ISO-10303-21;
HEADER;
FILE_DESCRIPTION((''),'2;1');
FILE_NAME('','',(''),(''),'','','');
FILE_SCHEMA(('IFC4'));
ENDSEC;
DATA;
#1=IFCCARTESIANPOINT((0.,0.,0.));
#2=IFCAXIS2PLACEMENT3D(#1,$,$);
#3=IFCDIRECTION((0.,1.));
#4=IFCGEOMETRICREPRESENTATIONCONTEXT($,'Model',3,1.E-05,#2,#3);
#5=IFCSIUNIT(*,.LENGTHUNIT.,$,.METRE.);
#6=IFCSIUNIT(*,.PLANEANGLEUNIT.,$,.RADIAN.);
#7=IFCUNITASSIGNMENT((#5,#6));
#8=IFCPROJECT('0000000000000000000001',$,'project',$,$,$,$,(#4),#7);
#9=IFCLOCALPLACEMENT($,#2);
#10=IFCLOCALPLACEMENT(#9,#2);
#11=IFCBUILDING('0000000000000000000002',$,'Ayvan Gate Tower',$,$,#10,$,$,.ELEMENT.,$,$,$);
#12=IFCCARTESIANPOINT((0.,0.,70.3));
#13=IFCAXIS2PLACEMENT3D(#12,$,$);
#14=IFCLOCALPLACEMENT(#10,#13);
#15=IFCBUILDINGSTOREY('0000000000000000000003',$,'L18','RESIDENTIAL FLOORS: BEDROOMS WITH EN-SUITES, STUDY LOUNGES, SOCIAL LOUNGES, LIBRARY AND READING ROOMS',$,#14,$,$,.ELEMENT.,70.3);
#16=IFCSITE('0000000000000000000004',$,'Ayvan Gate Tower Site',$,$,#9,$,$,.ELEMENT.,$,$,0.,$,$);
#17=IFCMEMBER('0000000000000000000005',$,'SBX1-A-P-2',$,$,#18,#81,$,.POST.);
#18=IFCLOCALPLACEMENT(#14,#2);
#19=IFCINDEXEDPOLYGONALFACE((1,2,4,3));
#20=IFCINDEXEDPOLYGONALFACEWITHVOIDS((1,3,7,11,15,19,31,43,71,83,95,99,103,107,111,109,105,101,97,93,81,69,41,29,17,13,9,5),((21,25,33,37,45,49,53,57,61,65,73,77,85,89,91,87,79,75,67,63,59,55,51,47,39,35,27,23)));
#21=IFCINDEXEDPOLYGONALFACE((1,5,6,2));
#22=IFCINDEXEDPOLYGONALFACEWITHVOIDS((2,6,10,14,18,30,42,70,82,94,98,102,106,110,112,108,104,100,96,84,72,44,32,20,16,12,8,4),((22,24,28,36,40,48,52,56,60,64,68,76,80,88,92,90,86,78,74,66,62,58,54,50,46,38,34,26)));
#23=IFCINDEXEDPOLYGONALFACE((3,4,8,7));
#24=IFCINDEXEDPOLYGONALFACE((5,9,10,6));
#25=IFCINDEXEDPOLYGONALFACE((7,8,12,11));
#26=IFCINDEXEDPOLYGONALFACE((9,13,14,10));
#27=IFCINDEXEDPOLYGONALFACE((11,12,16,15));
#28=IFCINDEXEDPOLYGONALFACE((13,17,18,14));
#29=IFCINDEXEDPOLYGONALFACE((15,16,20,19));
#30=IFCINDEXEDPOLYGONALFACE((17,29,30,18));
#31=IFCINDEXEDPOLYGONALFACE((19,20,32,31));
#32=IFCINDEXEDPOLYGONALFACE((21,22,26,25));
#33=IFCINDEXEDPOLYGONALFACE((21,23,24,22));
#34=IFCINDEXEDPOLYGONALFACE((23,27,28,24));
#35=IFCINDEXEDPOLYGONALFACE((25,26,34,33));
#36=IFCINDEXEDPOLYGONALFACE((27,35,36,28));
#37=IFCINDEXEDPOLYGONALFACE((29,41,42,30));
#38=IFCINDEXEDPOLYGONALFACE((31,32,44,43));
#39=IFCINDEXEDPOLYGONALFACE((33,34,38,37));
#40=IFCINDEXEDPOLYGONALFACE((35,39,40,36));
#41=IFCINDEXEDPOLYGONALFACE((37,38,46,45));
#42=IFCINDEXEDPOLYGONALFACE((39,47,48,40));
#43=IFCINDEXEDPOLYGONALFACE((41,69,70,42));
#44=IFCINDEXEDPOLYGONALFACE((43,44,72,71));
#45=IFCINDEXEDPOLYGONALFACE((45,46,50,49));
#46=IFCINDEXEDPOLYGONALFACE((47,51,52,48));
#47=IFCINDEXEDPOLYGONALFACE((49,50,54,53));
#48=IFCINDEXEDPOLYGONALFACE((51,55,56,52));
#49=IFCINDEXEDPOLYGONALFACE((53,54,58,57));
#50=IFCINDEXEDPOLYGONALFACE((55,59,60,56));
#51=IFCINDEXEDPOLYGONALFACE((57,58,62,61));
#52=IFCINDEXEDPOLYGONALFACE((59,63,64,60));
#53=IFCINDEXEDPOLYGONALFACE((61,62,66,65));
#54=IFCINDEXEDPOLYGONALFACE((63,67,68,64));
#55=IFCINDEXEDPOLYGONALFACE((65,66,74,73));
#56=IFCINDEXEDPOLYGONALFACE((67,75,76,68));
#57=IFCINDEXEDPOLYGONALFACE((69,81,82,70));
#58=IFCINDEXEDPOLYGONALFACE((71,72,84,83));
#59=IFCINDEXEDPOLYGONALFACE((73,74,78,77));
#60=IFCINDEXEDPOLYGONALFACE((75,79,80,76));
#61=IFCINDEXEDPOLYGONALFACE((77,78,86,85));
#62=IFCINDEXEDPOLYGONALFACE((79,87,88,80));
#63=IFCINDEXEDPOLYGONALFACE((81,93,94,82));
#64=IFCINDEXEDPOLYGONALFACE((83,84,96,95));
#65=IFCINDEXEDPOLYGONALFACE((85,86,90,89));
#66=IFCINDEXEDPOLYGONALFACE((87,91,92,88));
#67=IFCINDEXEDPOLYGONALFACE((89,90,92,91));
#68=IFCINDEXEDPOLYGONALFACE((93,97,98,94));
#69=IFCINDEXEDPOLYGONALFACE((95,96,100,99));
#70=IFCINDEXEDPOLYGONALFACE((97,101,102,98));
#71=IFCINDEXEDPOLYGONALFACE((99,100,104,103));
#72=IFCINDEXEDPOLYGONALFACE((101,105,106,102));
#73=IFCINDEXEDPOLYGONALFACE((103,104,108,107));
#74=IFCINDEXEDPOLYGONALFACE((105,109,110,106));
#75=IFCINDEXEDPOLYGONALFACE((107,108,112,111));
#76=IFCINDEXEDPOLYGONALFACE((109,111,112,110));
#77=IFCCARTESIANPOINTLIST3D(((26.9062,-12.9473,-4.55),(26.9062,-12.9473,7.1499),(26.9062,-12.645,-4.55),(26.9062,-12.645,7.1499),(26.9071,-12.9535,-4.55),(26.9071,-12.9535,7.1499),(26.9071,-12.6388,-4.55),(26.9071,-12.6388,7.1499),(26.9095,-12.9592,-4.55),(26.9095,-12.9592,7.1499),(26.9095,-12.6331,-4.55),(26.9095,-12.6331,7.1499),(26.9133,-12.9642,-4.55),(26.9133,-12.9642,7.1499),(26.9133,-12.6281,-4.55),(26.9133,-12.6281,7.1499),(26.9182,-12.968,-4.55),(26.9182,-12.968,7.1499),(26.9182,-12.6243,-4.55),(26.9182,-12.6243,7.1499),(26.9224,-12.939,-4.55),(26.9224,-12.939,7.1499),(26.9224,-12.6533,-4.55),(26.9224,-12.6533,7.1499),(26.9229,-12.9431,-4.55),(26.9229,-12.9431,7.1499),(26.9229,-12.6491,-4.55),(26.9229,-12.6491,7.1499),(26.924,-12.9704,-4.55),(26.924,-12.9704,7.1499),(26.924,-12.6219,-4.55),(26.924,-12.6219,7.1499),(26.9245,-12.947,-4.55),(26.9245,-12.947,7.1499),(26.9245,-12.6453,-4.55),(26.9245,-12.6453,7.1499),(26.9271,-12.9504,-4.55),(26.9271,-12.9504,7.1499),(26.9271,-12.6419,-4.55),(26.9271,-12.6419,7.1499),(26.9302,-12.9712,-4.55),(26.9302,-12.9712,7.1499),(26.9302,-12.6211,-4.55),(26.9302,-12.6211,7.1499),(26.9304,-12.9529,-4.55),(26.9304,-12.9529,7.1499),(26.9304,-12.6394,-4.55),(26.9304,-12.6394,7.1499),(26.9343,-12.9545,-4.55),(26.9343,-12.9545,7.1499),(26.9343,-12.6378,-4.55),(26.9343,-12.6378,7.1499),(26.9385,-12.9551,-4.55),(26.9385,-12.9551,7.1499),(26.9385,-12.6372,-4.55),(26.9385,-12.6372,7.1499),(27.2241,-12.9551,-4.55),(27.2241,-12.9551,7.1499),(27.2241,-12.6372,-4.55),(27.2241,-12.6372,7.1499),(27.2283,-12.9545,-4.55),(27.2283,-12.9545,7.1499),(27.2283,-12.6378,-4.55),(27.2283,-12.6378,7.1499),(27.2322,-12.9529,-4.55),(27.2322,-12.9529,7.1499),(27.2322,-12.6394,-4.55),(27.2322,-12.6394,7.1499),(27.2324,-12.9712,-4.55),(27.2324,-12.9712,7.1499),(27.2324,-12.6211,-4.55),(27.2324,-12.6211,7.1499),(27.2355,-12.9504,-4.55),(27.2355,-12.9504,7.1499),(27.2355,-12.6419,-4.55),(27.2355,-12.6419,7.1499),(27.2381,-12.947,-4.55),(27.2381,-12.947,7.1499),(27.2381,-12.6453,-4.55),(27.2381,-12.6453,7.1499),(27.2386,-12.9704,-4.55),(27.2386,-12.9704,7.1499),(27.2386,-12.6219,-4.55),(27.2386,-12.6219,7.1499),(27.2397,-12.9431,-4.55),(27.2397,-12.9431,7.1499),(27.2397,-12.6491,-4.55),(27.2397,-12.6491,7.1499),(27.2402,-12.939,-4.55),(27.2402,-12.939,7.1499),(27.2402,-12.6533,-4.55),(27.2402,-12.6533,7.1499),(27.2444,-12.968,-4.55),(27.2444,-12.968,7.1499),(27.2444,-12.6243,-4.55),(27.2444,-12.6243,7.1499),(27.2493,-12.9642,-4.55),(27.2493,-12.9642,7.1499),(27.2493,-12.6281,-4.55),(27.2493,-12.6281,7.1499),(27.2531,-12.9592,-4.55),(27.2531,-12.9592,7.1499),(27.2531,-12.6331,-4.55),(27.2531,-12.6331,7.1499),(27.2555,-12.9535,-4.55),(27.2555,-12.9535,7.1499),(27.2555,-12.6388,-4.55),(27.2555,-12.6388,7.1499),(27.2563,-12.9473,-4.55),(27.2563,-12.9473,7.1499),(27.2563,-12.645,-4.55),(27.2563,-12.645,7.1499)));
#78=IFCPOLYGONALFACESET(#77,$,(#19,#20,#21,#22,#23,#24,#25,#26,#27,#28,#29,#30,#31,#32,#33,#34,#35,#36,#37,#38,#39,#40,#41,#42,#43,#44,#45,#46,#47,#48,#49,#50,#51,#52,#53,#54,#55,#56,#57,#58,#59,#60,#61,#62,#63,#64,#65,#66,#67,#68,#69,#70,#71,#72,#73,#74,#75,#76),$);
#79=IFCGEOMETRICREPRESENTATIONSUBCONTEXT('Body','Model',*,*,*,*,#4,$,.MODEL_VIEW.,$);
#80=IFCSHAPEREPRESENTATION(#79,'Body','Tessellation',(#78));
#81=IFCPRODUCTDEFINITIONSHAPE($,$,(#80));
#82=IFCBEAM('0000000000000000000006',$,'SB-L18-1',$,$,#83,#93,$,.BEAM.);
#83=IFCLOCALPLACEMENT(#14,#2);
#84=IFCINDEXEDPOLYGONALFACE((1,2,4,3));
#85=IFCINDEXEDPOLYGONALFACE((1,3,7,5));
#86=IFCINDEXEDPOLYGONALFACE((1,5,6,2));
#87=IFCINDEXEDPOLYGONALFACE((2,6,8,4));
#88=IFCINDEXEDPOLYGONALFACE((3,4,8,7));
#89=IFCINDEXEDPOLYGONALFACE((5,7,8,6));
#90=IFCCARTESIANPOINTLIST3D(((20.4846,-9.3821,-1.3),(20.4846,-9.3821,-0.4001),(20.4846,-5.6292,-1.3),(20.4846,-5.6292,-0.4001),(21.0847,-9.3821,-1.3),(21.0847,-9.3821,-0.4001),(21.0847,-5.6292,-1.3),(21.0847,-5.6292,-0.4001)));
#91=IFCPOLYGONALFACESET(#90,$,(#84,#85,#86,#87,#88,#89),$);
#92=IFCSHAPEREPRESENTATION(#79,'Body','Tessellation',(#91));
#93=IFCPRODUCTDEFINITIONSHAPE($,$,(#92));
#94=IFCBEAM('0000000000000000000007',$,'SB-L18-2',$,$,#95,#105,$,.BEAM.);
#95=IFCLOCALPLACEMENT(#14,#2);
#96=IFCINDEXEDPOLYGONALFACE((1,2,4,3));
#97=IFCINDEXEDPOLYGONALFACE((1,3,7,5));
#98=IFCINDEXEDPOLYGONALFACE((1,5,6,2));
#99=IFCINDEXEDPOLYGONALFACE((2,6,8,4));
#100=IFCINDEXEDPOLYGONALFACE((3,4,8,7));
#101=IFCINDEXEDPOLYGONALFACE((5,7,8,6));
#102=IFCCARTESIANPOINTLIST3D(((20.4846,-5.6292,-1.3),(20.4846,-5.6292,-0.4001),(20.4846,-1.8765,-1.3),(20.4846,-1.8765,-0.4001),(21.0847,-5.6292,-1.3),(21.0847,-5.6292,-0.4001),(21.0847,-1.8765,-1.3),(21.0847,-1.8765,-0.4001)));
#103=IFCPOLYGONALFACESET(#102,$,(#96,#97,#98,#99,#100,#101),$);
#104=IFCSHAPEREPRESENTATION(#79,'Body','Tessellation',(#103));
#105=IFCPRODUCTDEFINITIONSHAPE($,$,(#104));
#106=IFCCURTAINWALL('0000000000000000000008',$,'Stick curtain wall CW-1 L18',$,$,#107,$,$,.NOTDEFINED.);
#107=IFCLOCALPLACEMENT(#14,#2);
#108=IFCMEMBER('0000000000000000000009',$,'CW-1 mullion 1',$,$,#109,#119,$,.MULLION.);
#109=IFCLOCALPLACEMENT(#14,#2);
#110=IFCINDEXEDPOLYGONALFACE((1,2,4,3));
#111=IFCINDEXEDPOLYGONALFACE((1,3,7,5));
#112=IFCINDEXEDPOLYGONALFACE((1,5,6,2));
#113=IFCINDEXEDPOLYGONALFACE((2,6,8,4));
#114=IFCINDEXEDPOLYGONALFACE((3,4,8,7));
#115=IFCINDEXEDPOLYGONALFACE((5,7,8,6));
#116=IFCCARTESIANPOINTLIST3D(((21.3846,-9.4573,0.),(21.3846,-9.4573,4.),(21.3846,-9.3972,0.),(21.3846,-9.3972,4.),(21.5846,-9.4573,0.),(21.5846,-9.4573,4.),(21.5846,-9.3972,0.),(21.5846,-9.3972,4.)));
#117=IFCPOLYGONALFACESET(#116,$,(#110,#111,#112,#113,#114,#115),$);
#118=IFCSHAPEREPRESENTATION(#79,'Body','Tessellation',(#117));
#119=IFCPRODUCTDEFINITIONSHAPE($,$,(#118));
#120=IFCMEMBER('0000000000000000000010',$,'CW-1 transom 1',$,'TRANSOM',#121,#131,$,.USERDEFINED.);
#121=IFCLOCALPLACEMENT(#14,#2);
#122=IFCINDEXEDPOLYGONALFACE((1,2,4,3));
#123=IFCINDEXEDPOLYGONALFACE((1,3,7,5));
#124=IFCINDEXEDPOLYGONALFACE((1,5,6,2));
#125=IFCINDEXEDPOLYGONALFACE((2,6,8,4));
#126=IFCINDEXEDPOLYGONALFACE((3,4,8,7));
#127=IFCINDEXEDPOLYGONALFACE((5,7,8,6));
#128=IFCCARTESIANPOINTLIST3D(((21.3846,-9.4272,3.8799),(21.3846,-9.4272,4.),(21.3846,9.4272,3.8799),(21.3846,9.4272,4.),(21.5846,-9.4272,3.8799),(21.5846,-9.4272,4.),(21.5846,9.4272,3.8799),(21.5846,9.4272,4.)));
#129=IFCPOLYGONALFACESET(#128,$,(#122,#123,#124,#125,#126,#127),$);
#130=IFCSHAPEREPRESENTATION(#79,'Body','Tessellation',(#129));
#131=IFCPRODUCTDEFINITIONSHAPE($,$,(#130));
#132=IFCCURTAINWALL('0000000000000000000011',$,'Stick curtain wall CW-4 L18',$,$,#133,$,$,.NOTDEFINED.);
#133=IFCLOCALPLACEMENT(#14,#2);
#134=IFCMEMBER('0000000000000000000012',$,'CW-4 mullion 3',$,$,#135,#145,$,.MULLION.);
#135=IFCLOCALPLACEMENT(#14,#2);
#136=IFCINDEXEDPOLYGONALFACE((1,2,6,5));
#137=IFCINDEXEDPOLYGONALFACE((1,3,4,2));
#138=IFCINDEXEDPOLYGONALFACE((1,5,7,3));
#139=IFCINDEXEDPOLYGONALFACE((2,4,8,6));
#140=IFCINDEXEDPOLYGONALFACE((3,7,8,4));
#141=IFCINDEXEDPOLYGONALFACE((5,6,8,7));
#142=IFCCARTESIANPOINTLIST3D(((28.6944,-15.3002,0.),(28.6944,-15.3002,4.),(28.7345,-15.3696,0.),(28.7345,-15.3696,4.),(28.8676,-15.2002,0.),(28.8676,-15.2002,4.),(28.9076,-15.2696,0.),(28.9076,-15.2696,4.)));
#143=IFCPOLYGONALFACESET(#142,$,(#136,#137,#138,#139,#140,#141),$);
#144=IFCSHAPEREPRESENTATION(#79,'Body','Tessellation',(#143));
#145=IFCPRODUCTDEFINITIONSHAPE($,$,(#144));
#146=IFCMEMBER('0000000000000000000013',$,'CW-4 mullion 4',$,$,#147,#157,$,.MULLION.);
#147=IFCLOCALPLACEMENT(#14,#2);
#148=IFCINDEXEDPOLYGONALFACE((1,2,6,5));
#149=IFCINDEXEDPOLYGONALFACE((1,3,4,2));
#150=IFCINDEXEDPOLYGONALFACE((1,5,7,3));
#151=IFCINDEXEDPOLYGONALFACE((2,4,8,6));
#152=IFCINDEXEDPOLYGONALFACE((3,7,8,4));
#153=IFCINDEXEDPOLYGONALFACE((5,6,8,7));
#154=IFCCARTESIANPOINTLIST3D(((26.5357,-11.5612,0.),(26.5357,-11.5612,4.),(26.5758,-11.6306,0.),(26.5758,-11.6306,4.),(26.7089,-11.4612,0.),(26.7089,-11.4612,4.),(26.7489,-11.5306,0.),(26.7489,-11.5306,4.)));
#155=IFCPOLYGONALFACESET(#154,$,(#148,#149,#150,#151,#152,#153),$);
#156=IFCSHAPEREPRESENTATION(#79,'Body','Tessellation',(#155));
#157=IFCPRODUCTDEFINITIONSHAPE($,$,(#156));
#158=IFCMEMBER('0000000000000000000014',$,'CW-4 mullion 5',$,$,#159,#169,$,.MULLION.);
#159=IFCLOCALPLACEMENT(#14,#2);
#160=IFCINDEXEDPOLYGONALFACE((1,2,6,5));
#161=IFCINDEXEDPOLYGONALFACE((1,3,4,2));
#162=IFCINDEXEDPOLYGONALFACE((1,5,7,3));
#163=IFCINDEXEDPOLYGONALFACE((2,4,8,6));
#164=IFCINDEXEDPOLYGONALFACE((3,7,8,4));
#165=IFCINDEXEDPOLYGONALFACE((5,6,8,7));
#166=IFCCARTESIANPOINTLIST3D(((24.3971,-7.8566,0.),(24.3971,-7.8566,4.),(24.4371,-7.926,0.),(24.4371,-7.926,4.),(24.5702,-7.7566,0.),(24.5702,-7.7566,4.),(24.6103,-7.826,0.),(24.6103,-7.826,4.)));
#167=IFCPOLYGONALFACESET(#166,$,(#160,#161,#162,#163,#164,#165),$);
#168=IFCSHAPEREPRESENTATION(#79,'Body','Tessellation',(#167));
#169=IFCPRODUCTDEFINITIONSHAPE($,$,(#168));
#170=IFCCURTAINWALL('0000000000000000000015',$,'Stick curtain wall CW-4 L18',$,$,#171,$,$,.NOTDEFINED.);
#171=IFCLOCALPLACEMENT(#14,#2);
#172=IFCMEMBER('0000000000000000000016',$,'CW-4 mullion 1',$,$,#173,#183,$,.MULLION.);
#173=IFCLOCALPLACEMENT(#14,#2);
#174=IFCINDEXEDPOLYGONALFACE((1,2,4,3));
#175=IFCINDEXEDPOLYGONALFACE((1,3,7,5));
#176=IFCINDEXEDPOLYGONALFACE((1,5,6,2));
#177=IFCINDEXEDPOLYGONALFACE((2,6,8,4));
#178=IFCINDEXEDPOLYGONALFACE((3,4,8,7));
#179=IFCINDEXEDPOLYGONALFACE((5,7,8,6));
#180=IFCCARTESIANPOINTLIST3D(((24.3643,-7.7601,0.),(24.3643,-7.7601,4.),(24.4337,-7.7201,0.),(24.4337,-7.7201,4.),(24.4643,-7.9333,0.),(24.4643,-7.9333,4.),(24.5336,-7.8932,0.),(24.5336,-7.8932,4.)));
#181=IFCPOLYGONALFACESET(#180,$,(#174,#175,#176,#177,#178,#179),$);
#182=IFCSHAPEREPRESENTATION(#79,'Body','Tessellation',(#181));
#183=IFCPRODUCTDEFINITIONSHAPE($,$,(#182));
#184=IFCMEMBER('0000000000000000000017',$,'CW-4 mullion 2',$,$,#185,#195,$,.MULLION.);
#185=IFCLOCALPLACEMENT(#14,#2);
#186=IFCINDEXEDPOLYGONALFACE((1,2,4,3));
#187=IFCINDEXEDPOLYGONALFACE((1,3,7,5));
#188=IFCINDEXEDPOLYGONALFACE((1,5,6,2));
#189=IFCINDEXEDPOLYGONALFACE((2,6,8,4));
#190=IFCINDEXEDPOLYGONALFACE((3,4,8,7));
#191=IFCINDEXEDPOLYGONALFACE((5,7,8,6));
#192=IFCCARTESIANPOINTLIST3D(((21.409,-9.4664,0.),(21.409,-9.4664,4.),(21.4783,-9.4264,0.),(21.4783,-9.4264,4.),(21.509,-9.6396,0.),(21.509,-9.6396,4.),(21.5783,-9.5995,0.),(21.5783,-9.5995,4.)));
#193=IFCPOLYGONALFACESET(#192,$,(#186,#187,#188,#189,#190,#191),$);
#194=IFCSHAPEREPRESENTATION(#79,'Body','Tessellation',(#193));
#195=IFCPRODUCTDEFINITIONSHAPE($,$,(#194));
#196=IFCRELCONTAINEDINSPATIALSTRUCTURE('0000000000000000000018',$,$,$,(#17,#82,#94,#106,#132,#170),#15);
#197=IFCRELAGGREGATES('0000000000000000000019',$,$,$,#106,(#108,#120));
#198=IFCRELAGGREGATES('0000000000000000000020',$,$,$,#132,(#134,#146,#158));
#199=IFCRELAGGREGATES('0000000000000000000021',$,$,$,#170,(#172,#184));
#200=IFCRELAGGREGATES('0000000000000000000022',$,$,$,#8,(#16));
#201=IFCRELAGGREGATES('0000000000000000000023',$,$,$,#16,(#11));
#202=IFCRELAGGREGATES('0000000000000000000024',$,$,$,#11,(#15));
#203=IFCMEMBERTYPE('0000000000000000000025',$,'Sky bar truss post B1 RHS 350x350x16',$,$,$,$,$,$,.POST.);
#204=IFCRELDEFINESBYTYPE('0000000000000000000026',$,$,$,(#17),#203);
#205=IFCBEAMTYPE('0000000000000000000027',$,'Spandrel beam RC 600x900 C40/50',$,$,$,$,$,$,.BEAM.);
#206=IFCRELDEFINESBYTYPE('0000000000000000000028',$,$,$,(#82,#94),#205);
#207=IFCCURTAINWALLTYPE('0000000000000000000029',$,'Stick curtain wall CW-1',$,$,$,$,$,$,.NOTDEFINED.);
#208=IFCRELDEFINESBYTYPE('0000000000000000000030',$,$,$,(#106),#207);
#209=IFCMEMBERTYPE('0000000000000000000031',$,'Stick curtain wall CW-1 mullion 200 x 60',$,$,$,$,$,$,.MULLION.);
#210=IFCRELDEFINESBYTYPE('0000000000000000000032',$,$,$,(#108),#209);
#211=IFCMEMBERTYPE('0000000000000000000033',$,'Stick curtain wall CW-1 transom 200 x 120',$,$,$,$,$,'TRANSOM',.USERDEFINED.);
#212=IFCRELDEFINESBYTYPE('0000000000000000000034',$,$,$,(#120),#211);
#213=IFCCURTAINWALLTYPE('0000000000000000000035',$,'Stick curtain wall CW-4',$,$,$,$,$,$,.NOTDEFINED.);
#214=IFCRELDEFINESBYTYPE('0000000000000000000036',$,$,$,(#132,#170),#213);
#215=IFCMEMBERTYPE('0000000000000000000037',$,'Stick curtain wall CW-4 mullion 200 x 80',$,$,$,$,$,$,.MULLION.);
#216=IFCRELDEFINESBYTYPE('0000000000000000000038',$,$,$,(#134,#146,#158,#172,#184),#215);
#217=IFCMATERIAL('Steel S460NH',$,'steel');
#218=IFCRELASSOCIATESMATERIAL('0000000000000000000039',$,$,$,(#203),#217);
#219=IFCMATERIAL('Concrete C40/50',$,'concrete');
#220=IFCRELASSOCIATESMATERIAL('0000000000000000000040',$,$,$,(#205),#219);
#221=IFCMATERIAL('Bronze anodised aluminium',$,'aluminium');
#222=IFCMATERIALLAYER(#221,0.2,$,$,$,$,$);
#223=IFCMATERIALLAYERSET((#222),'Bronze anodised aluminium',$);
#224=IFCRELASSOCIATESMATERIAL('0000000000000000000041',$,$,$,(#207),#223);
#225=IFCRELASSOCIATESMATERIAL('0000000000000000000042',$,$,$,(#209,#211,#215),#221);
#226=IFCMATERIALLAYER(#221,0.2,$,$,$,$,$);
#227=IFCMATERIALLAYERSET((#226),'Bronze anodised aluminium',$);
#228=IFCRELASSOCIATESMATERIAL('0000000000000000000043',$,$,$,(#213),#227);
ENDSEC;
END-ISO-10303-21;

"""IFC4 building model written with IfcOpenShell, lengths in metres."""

from ifc_helpers import new_model, si_unit, direction, frame, origin, origin_2d, place, context, subcontext, project, spatial, rectangle, hollow_rectangle, extrude, material, layer, layer_set, material_profile, profile_set, type_object, element, aggregate, save


model = new_model("IFC4")

# Units and contexts
model_context = context("Model", 3, precision=1e-05, world=origin(), true_north=direction((0.0, 1.0)))
body_context = subcontext(model_context, "Body", "Model", "MODEL_VIEW")
ifc_project = project(units=[si_unit("LENGTHUNIT", "METRE"), si_unit("PLANEANGLEUNIT", "RADIAN")], contexts=[model_context])

# Site, building, storey
site_placement = place(None, origin())
site = spatial("IfcSite", under=ifc_project, at=site_placement, Name="Ayvan Gate Tower Site", CompositionType="ELEMENT", RefElevation=0.0)
building_placement = place(site_placement, origin())
building = spatial("IfcBuilding", under=site, at=building_placement, Name="Ayvan Gate Tower", CompositionType="ELEMENT")
storey_placement = place(building_placement, frame((0.0, 0.0, 70.3)))
storey = spatial("IfcBuildingStorey", under=building, at=storey_placement, Name="L18", Description="RESIDENTIAL FLOORS: BEDROOMS WITH EN-SUITES, STUDY LOUNGES, SOCIAL LOUNGES, LIBRARY AND READING ROOMS", CompositionType="ELEMENT", Elevation=70.3)

# Shared definitions
ifc_material_1 = material(Name="Concrete C40/50", Category="concrete")

# Member
ifc_material_2 = material(Name="Steel S460NH", Category="steel")
ifc_material_profile_1 = material_profile(ifc_material_2, hollow_rectangle(XDim=0.3501, YDim=0.3501, WallThickness=0.0161, InnerFilletRadius=0.0161, OuterFilletRadius=0.0239, at=origin_2d()), Name="RHS 350x350x16")
ifc_profile_set_1 = profile_set([ifc_material_profile_1], Name="Steel S460NH")
member_type_1 = type_object("IfcMemberType", Name="Sky bar truss post B1 RHS 350x350x16", PredefinedType="POST", material=ifc_profile_set_1)
for number, where, z_axis, x_axis, name in (
    (1, (27.0813, -12.7961, -4.55), (0.0, 0.0, 1.0), (1.0, 0.0, 0.0), "SBX1-A-P-2"),
):
    element("IfcMember", number, at=place(storey_placement, frame(where, z_axis=z_axis, x_axis=x_axis)), inside=storey, type_object=member_type_1, Name=name, PredefinedType="POST", context=body_context, shape_type="SweptSolid", body=[
        extrude(hollow_rectangle(XDim=0.3501, YDim=0.3501, WallThickness=0.0161, InnerFilletRadius=0.0161, OuterFilletRadius=0.0239, at=origin_2d()), origin(), (0.0, 0.0, 1.0), 11.7),
    ])

# Beams
ifc_material_profile_2 = material_profile(ifc_material_1, rectangle(XDim=0.6001, YDim=0.8999, at=origin_2d()), Name="RC 600x900")
ifc_profile_set_2 = profile_set([ifc_material_profile_2], Name="Concrete C40/50")
beam_type_1 = type_object("IfcBeamType", Name="Spandrel beam RC 600x900 C40/50", PredefinedType="BEAM", material=ifc_profile_set_2)
beam_1_placement = place(storey_placement, frame((20.7847, -9.3821, -0.8501), z_axis=(0.0, 1.0, 0.0), x_axis=(-1.0, 0.0, 0.0)))
element("IfcBeam", 2, at=beam_1_placement, inside=storey, type_object=beam_type_1, Name="SB-L18-1", PredefinedType="BEAM", context=body_context, shape_type="SweptSolid", body=[
    extrude(rectangle(XDim=0.6001, YDim=0.8999, at=origin_2d()), origin(), (0.0, 0.0, 1.0), 3.7529),
])
beam_2_placement = place(storey_placement, frame((20.7847, -5.6292, -0.8501), z_axis=(0.0, 1.0, 0.0), x_axis=(-1.0, 0.0, 0.0)))
element("IfcBeam", 3, at=beam_2_placement, inside=storey, type_object=beam_type_1, Name="SB-L18-2", PredefinedType="BEAM", context=body_context, shape_type="SweptSolid", body=[
    extrude(rectangle(XDim=0.6001, YDim=0.8999, at=origin_2d()), origin(), (0.0, 0.0, 1.0), 3.7527),
])

# Curtain walls, members
ifc_material_3 = material(Name="Bronze anodised aluminium", Category="aluminium")
ifc_layer_1 = layer(ifc_material_3, 0.2)
ifc_layer_set_1 = layer_set([ifc_layer_1], Name="Bronze anodised aluminium")
curtain_wall_type_1 = type_object("IfcCurtainWallType", Name="Stick curtain wall CW-1", PredefinedType="NOTDEFINED", material=ifc_layer_set_1)
curtain_wall_1_placement = place(storey_placement, origin())
curtain_wall_1 = element("IfcCurtainWall", 4, at=curtain_wall_1_placement, inside=storey, type_object=curtain_wall_type_1, Name="Stick curtain wall CW-1 L18", PredefinedType="NOTDEFINED")
ifc_material_profile_3 = material_profile(ifc_material_3, rectangle(XDim=0.2, YDim=0.0601, at=origin_2d()), Name="Stick curtain wall CW-1 mullion 200 x 60")
ifc_profile_set_3 = profile_set([ifc_material_profile_3], Name="Bronze anodised aluminium")
member_type_2 = type_object("IfcMemberType", Name="Stick curtain wall CW-1 mullion 200 x 60", PredefinedType="MULLION", material=ifc_profile_set_3)
member_1_placement = place(storey_placement, frame((21.4846, -9.4272, 0.0), z_axis=(0.0, 0.0, 1.0), x_axis=(1.0, 0.0, 0.0)))
member_1 = element("IfcMember", 5, at=member_1_placement, type_object=member_type_2, Name="CW-1 mullion 1", PredefinedType="MULLION", context=body_context, shape_type="SweptSolid", body=[
    extrude(rectangle(XDim=0.2, YDim=0.0601, at=origin_2d()), origin(), (0.0, 0.0, 1.0), 4.0),
])
ifc_material_profile_4 = material_profile(ifc_material_3, rectangle(XDim=0.2, YDim=0.1201, at=origin_2d()), Name="Stick curtain wall CW-1 transom 200 x 120")
ifc_profile_set_4 = profile_set([ifc_material_profile_4], Name="Bronze anodised aluminium")
member_type_3 = type_object("IfcMemberType", Name="Stick curtain wall CW-1 transom 200 x 120", ElementType="TRANSOM", PredefinedType="USERDEFINED", material=ifc_profile_set_4)
member_2_placement = place(storey_placement, frame((21.4846, -9.4272, 3.9399), z_axis=(0.0, 1.0, 0.0), x_axis=(-1.0, 0.0, 0.0)))
member_2 = element("IfcMember", 6, at=member_2_placement, type_object=member_type_3, Name="CW-1 transom 1", ObjectType="TRANSOM", PredefinedType="USERDEFINED", context=body_context, shape_type="SweptSolid", body=[
    extrude(rectangle(XDim=0.2, YDim=0.1201, at=origin_2d()), origin(), (0.0, 0.0, 1.0), 18.8545),
])
ifc_layer_2 = layer(ifc_material_3, 0.2)
ifc_layer_set_2 = layer_set([ifc_layer_2], Name="Bronze anodised aluminium")
curtain_wall_type_2 = type_object("IfcCurtainWallType", Name="Stick curtain wall CW-4", PredefinedType="NOTDEFINED", material=ifc_layer_set_2)
curtain_wall_2_placement = place(storey_placement, origin())
curtain_wall_2 = element("IfcCurtainWall", 7, at=curtain_wall_2_placement, inside=storey, type_object=curtain_wall_type_2, Name="Stick curtain wall CW-4 L18", PredefinedType="NOTDEFINED")
ifc_material_profile_5 = material_profile(ifc_material_3, rectangle(XDim=0.2, YDim=0.0801, at=origin_2d()), Name="Stick curtain wall CW-4 mullion 200 x 80")
ifc_profile_set_5 = profile_set([ifc_material_profile_5], Name="Bronze anodised aluminium")
member_type_4 = type_object("IfcMemberType", Name="Stick curtain wall CW-4 mullion 200 x 80", PredefinedType="MULLION", material=ifc_profile_set_5)
member_3_placement = place(storey_placement, frame((28.801, -15.2849, 0.0), z_axis=(0.0, 0.0, 1.0), x_axis=(0.866025, 0.5, 0.0)))
member_3 = element("IfcMember", 8, at=member_3_placement, type_object=member_type_4, Name="CW-4 mullion 3", PredefinedType="MULLION", context=body_context, shape_type="SweptSolid", body=[
    extrude(rectangle(XDim=0.2, YDim=0.0801, at=origin_2d()), origin(), (0.0, 0.0, 1.0), 4.0),
])
member_4_placement = place(storey_placement, frame((26.6423, -11.5459, 0.0), z_axis=(0.0, 0.0, 1.0), x_axis=(0.866025, 0.5, 0.0)))
member_4 = element("IfcMember", 9, at=member_4_placement, type_object=member_type_4, Name="CW-4 mullion 4", PredefinedType="MULLION", context=body_context, shape_type="SweptSolid", body=[
    extrude(rectangle(XDim=0.2, YDim=0.0801, at=origin_2d()), origin(), (0.0, 0.0, 1.0), 4.0),
])
member_5_placement = place(storey_placement, frame((24.5037, -7.8413, 0.0), z_axis=(0.0, 0.0, 1.0), x_axis=(0.866025, 0.5, 0.0)))
member_5 = element("IfcMember", 10, at=member_5_placement, type_object=member_type_4, Name="CW-4 mullion 5", PredefinedType="MULLION", context=body_context, shape_type="SweptSolid", body=[
    extrude(rectangle(XDim=0.2, YDim=0.0801, at=origin_2d()), origin(), (0.0, 0.0, 1.0), 4.0),
])
curtain_wall_3_placement = place(storey_placement, origin())
curtain_wall_3 = element("IfcCurtainWall", 11, at=curtain_wall_3_placement, inside=storey, type_object=curtain_wall_type_2, Name="Stick curtain wall CW-4 L18", PredefinedType="NOTDEFINED")
member_6_placement = place(storey_placement, frame((24.449, -7.8267, 0.0), z_axis=(0.0, 0.0, 1.0), x_axis=(-0.5, 0.866025, 0.0)))
member_6 = element("IfcMember", 12, at=member_6_placement, type_object=member_type_4, Name="CW-4 mullion 1", PredefinedType="MULLION", context=body_context, shape_type="SweptSolid", body=[
    extrude(rectangle(XDim=0.2, YDim=0.0801, at=origin_2d()), origin(), (0.0, 0.0, 1.0), 4.0),
])
member_7_placement = place(storey_placement, frame((21.4937, -9.533, 0.0), z_axis=(0.0, 0.0, 1.0), x_axis=(-0.5, 0.866025, 0.0)))
member_7 = element("IfcMember", 13, at=member_7_placement, type_object=member_type_4, Name="CW-4 mullion 2", PredefinedType="MULLION", context=body_context, shape_type="SweptSolid", body=[
    extrude(rectangle(XDim=0.2, YDim=0.0801, at=origin_2d()), origin(), (0.0, 0.0, 1.0), 4.0),
])

aggregate(curtain_wall_1, [member_1, member_2])
aggregate(curtain_wall_2, [member_3, member_4, member_5])
aggregate(curtain_wall_3, [member_6, member_7])

save(model, "model.ifc")
